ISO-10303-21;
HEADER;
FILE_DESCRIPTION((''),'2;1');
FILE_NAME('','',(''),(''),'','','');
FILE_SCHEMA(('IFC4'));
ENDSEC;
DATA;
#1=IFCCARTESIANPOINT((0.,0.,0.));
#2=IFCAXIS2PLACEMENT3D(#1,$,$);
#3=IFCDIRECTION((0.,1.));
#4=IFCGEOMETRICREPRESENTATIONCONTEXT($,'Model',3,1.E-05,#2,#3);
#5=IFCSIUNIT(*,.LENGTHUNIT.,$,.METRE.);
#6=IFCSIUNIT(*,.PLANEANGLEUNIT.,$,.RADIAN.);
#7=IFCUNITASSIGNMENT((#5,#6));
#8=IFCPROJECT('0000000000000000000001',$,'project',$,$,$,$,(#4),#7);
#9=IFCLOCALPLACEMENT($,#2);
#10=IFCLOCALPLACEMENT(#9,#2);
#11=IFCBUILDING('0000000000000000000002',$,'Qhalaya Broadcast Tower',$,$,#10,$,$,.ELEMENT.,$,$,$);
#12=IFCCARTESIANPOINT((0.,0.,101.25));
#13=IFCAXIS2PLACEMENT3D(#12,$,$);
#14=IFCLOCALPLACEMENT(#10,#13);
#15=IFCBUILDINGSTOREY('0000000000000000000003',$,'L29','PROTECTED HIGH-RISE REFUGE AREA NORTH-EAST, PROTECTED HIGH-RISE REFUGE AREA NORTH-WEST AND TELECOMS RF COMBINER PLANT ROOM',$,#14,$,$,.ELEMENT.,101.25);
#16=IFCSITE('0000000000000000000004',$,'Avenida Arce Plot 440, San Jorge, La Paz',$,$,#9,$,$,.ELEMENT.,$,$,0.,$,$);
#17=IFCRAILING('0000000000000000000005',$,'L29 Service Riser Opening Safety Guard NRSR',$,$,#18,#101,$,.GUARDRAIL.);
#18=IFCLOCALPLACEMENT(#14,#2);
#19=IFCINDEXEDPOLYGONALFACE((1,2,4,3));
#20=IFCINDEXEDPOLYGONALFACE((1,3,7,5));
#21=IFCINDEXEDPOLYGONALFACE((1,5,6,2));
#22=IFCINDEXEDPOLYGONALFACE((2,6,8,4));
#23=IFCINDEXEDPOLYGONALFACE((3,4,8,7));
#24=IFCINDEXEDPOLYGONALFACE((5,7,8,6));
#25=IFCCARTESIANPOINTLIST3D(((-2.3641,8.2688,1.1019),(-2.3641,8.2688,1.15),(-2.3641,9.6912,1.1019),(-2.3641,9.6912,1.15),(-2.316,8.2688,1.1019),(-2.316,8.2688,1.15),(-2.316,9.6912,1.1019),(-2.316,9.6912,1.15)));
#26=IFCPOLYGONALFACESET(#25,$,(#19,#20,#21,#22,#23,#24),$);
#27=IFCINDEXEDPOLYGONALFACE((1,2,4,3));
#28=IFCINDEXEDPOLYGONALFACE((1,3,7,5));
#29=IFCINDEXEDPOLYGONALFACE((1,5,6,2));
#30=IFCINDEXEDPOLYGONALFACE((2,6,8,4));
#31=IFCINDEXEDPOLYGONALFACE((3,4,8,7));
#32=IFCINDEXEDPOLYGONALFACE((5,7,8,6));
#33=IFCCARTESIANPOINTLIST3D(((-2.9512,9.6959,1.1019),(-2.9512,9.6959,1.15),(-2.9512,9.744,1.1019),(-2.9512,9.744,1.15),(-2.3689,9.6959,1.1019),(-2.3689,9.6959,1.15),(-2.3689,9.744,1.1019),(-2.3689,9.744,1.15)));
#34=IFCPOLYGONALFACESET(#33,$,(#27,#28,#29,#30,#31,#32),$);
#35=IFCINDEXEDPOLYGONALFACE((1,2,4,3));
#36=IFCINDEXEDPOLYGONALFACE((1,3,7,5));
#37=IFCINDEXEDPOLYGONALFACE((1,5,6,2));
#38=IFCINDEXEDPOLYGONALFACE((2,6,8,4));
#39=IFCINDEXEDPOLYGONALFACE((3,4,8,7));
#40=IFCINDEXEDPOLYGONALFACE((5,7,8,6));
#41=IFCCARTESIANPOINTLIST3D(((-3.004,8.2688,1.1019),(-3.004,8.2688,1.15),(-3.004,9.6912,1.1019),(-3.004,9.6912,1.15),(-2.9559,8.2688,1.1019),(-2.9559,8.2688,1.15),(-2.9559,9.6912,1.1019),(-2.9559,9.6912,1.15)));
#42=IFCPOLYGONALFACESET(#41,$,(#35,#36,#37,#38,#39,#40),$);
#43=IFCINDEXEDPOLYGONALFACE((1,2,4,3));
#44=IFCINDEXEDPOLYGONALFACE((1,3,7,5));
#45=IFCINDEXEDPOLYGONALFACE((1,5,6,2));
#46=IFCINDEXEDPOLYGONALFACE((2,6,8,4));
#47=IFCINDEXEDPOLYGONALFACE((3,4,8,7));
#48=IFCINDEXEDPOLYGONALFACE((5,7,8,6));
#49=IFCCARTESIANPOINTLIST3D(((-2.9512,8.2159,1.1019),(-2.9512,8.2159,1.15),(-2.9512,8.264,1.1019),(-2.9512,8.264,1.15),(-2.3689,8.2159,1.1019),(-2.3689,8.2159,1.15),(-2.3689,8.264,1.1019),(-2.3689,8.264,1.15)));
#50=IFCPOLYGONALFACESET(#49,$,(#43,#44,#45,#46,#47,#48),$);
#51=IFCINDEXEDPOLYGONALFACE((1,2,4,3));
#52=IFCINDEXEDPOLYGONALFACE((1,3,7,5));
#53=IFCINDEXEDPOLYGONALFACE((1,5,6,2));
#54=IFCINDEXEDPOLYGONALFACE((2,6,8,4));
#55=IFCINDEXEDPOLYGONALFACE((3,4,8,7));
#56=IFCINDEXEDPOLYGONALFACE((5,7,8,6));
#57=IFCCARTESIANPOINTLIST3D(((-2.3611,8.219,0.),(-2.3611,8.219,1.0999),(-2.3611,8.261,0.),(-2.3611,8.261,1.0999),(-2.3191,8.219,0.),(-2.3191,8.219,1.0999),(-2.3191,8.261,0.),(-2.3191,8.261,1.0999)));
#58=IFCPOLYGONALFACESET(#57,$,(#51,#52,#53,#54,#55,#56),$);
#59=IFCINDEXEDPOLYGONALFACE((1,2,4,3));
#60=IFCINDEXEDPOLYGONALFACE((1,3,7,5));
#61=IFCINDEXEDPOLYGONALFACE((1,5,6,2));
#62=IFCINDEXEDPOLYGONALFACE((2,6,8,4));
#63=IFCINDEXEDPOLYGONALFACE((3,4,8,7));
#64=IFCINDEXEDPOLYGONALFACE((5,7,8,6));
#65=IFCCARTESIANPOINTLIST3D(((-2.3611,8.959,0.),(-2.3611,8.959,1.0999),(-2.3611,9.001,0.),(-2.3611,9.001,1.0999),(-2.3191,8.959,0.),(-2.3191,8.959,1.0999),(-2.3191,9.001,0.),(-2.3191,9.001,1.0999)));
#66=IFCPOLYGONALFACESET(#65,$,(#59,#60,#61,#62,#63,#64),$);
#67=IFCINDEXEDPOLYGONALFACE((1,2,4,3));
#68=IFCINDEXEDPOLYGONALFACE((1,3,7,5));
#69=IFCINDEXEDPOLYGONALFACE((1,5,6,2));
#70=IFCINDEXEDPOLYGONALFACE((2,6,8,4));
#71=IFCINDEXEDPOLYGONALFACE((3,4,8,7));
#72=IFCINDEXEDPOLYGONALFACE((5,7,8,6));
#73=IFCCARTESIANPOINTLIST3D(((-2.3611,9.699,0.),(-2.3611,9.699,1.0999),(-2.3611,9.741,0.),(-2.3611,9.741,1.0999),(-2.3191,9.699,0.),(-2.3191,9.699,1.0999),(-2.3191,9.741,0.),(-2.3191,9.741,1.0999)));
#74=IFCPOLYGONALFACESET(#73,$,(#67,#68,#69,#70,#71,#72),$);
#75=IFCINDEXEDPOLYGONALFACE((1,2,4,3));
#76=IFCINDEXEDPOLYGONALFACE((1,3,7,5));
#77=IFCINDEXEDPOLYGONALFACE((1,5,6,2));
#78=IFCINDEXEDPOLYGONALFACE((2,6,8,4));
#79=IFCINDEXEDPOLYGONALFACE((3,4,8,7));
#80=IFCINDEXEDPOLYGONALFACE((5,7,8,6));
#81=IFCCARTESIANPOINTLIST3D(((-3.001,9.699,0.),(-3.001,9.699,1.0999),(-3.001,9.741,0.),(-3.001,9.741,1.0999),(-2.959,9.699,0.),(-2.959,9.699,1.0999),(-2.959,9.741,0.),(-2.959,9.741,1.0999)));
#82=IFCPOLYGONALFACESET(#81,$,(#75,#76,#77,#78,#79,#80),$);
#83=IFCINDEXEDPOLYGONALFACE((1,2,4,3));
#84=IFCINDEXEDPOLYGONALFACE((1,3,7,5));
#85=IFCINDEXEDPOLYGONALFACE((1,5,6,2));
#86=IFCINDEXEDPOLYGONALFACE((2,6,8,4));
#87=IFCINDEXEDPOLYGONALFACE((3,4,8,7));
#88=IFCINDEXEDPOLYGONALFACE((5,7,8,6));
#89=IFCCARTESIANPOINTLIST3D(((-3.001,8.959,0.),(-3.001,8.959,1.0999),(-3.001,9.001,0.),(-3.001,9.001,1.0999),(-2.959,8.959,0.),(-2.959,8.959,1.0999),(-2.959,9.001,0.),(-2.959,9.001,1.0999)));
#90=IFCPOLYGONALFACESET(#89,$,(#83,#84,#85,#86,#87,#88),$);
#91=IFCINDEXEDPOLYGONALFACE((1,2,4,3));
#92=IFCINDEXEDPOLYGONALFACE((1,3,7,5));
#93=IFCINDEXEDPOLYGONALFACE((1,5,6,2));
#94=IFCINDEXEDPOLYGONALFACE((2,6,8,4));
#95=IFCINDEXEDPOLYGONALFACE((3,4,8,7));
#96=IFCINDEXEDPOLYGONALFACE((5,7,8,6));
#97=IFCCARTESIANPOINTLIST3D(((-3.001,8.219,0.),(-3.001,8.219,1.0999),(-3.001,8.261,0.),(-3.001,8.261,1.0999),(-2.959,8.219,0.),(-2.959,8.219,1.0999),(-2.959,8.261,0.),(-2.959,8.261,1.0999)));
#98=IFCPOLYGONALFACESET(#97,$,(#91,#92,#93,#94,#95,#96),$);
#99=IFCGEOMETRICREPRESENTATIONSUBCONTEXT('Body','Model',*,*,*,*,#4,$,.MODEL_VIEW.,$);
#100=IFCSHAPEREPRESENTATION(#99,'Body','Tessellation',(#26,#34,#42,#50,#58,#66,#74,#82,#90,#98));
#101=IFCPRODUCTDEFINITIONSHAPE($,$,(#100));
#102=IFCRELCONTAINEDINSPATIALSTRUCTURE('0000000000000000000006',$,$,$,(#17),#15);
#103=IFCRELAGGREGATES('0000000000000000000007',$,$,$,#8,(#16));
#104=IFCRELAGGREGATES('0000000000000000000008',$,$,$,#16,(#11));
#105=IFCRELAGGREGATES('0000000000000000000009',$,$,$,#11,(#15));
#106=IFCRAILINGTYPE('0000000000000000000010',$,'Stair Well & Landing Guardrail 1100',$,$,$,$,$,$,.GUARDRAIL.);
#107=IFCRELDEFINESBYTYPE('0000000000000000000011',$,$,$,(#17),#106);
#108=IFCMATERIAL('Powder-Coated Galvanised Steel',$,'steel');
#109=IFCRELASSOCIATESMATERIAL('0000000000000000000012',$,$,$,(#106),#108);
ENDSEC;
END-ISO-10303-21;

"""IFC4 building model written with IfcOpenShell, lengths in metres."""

from ifc_helpers import new_model, si_unit, direction, frame, origin, origin_2d, place, context, subcontext, project, spatial, rectangle, extrude, material, type_object, element, save


model = new_model("IFC4")

# Units and contexts
model_context = context("Model", 3, precision=1e-05, world=origin(), true_north=direction((0.0, 1.0)))
body_context = subcontext(model_context, "Body", "Model", "MODEL_VIEW")
ifc_project = project(units=[si_unit("LENGTHUNIT", "METRE"), si_unit("PLANEANGLEUNIT", "RADIAN")], contexts=[model_context])

# Site, building, storey
site_placement = place(None, origin())
site = spatial("IfcSite", under=ifc_project, at=site_placement, Name="Avenida Arce Plot 440, San Jorge, La Paz", CompositionType="ELEMENT", RefElevation=0.0)
building_placement = place(site_placement, origin())
building = spatial("IfcBuilding", under=site, at=building_placement, Name="Qhalaya Broadcast Tower", CompositionType="ELEMENT")
storey_placement = place(building_placement, frame((0.0, 0.0, 101.25)))
storey = spatial("IfcBuildingStorey", under=building, at=storey_placement, Name="L29", Description="PROTECTED HIGH-RISE REFUGE AREA NORTH-EAST, PROTECTED HIGH-RISE REFUGE AREA NORTH-WEST AND TELECOMS RF COMBINER PLANT ROOM", CompositionType="ELEMENT", Elevation=101.25)

# Railing
ifc_material_1 = material(Name="Powder-Coated Galvanised Steel", Category="steel")
railing_type = type_object("IfcRailingType", Name="Stair Well & Landing Guardrail 1100", PredefinedType="GUARDRAIL", material=ifc_material_1)
railing_placement = place(storey_placement, frame((-2.3401, 8.24, 0.0)))
element("IfcRailing", 1, at=railing_placement, inside=storey, type_object=railing_type, Name="L29 Service Riser Opening Safety Guard NRSR", PredefinedType="GUARDRAIL", context=body_context, shape_type="SweptSolid", body=[
    extrude(rectangle(XDim=0.0481, YDim=0.0481, at=origin_2d()), frame((0.0, 0.0288, 1.126), z_axis=(0.0, 1.0, 0.0), x_axis=(-1.0, 0.0, 0.0)), (0.0, 0.0, 1.0), 1.4224),
    extrude(rectangle(XDim=0.0481, YDim=0.0481, at=origin_2d()), frame((-0.0288, 1.48, 1.126), z_axis=(-1.0, 0.0, 0.0), x_axis=(0.0, -1.0, 0.0)), (0.0, 0.0, 1.0), 0.5823),
    extrude(rectangle(XDim=0.0481, YDim=0.0481, at=origin_2d()), frame((-0.6399, 1.4512, 1.126), z_axis=(0.0, -1.0, 0.0), x_axis=(1.0, 0.0, 0.0)), (0.0, 0.0, 1.0), 1.4224),
    extrude(rectangle(XDim=0.0481, YDim=0.0481, at=origin_2d()), frame((-0.6111, 0.0, 1.126), z_axis=(1.0, 0.0, 0.0), x_axis=(0.0, 1.0, 0.0)), (0.0, 0.0, 1.0), 0.5823),
    extrude(rectangle(XDim=0.042, YDim=0.042, at=origin_2d()), origin(), (0.0, 0.0, 1.0), 1.0999),
    extrude(rectangle(XDim=0.042, YDim=0.042, at=origin_2d()), frame((0.0, 0.74, 0.0)), (0.0, 0.0, 1.0), 1.0999),
    extrude(rectangle(XDim=0.042, YDim=0.042, at=origin_2d()), frame((0.0, 1.48, 0.0)), (0.0, 0.0, 1.0), 1.0999),
    extrude(rectangle(XDim=0.042, YDim=0.042, at=origin_2d()), frame((-0.6399, 1.48, 0.0)), (0.0, 0.0, 1.0), 1.0999),
    extrude(rectangle(XDim=0.042, YDim=0.042, at=origin_2d()), frame((-0.6399, 0.74, 0.0)), (0.0, 0.0, 1.0), 1.0999),
    extrude(rectangle(XDim=0.042, YDim=0.042, at=origin_2d()), frame((-0.6399, 0.0, 0.0)), (0.0, 0.0, 1.0), 1.0999),
])

save(model, "model.ifc")
